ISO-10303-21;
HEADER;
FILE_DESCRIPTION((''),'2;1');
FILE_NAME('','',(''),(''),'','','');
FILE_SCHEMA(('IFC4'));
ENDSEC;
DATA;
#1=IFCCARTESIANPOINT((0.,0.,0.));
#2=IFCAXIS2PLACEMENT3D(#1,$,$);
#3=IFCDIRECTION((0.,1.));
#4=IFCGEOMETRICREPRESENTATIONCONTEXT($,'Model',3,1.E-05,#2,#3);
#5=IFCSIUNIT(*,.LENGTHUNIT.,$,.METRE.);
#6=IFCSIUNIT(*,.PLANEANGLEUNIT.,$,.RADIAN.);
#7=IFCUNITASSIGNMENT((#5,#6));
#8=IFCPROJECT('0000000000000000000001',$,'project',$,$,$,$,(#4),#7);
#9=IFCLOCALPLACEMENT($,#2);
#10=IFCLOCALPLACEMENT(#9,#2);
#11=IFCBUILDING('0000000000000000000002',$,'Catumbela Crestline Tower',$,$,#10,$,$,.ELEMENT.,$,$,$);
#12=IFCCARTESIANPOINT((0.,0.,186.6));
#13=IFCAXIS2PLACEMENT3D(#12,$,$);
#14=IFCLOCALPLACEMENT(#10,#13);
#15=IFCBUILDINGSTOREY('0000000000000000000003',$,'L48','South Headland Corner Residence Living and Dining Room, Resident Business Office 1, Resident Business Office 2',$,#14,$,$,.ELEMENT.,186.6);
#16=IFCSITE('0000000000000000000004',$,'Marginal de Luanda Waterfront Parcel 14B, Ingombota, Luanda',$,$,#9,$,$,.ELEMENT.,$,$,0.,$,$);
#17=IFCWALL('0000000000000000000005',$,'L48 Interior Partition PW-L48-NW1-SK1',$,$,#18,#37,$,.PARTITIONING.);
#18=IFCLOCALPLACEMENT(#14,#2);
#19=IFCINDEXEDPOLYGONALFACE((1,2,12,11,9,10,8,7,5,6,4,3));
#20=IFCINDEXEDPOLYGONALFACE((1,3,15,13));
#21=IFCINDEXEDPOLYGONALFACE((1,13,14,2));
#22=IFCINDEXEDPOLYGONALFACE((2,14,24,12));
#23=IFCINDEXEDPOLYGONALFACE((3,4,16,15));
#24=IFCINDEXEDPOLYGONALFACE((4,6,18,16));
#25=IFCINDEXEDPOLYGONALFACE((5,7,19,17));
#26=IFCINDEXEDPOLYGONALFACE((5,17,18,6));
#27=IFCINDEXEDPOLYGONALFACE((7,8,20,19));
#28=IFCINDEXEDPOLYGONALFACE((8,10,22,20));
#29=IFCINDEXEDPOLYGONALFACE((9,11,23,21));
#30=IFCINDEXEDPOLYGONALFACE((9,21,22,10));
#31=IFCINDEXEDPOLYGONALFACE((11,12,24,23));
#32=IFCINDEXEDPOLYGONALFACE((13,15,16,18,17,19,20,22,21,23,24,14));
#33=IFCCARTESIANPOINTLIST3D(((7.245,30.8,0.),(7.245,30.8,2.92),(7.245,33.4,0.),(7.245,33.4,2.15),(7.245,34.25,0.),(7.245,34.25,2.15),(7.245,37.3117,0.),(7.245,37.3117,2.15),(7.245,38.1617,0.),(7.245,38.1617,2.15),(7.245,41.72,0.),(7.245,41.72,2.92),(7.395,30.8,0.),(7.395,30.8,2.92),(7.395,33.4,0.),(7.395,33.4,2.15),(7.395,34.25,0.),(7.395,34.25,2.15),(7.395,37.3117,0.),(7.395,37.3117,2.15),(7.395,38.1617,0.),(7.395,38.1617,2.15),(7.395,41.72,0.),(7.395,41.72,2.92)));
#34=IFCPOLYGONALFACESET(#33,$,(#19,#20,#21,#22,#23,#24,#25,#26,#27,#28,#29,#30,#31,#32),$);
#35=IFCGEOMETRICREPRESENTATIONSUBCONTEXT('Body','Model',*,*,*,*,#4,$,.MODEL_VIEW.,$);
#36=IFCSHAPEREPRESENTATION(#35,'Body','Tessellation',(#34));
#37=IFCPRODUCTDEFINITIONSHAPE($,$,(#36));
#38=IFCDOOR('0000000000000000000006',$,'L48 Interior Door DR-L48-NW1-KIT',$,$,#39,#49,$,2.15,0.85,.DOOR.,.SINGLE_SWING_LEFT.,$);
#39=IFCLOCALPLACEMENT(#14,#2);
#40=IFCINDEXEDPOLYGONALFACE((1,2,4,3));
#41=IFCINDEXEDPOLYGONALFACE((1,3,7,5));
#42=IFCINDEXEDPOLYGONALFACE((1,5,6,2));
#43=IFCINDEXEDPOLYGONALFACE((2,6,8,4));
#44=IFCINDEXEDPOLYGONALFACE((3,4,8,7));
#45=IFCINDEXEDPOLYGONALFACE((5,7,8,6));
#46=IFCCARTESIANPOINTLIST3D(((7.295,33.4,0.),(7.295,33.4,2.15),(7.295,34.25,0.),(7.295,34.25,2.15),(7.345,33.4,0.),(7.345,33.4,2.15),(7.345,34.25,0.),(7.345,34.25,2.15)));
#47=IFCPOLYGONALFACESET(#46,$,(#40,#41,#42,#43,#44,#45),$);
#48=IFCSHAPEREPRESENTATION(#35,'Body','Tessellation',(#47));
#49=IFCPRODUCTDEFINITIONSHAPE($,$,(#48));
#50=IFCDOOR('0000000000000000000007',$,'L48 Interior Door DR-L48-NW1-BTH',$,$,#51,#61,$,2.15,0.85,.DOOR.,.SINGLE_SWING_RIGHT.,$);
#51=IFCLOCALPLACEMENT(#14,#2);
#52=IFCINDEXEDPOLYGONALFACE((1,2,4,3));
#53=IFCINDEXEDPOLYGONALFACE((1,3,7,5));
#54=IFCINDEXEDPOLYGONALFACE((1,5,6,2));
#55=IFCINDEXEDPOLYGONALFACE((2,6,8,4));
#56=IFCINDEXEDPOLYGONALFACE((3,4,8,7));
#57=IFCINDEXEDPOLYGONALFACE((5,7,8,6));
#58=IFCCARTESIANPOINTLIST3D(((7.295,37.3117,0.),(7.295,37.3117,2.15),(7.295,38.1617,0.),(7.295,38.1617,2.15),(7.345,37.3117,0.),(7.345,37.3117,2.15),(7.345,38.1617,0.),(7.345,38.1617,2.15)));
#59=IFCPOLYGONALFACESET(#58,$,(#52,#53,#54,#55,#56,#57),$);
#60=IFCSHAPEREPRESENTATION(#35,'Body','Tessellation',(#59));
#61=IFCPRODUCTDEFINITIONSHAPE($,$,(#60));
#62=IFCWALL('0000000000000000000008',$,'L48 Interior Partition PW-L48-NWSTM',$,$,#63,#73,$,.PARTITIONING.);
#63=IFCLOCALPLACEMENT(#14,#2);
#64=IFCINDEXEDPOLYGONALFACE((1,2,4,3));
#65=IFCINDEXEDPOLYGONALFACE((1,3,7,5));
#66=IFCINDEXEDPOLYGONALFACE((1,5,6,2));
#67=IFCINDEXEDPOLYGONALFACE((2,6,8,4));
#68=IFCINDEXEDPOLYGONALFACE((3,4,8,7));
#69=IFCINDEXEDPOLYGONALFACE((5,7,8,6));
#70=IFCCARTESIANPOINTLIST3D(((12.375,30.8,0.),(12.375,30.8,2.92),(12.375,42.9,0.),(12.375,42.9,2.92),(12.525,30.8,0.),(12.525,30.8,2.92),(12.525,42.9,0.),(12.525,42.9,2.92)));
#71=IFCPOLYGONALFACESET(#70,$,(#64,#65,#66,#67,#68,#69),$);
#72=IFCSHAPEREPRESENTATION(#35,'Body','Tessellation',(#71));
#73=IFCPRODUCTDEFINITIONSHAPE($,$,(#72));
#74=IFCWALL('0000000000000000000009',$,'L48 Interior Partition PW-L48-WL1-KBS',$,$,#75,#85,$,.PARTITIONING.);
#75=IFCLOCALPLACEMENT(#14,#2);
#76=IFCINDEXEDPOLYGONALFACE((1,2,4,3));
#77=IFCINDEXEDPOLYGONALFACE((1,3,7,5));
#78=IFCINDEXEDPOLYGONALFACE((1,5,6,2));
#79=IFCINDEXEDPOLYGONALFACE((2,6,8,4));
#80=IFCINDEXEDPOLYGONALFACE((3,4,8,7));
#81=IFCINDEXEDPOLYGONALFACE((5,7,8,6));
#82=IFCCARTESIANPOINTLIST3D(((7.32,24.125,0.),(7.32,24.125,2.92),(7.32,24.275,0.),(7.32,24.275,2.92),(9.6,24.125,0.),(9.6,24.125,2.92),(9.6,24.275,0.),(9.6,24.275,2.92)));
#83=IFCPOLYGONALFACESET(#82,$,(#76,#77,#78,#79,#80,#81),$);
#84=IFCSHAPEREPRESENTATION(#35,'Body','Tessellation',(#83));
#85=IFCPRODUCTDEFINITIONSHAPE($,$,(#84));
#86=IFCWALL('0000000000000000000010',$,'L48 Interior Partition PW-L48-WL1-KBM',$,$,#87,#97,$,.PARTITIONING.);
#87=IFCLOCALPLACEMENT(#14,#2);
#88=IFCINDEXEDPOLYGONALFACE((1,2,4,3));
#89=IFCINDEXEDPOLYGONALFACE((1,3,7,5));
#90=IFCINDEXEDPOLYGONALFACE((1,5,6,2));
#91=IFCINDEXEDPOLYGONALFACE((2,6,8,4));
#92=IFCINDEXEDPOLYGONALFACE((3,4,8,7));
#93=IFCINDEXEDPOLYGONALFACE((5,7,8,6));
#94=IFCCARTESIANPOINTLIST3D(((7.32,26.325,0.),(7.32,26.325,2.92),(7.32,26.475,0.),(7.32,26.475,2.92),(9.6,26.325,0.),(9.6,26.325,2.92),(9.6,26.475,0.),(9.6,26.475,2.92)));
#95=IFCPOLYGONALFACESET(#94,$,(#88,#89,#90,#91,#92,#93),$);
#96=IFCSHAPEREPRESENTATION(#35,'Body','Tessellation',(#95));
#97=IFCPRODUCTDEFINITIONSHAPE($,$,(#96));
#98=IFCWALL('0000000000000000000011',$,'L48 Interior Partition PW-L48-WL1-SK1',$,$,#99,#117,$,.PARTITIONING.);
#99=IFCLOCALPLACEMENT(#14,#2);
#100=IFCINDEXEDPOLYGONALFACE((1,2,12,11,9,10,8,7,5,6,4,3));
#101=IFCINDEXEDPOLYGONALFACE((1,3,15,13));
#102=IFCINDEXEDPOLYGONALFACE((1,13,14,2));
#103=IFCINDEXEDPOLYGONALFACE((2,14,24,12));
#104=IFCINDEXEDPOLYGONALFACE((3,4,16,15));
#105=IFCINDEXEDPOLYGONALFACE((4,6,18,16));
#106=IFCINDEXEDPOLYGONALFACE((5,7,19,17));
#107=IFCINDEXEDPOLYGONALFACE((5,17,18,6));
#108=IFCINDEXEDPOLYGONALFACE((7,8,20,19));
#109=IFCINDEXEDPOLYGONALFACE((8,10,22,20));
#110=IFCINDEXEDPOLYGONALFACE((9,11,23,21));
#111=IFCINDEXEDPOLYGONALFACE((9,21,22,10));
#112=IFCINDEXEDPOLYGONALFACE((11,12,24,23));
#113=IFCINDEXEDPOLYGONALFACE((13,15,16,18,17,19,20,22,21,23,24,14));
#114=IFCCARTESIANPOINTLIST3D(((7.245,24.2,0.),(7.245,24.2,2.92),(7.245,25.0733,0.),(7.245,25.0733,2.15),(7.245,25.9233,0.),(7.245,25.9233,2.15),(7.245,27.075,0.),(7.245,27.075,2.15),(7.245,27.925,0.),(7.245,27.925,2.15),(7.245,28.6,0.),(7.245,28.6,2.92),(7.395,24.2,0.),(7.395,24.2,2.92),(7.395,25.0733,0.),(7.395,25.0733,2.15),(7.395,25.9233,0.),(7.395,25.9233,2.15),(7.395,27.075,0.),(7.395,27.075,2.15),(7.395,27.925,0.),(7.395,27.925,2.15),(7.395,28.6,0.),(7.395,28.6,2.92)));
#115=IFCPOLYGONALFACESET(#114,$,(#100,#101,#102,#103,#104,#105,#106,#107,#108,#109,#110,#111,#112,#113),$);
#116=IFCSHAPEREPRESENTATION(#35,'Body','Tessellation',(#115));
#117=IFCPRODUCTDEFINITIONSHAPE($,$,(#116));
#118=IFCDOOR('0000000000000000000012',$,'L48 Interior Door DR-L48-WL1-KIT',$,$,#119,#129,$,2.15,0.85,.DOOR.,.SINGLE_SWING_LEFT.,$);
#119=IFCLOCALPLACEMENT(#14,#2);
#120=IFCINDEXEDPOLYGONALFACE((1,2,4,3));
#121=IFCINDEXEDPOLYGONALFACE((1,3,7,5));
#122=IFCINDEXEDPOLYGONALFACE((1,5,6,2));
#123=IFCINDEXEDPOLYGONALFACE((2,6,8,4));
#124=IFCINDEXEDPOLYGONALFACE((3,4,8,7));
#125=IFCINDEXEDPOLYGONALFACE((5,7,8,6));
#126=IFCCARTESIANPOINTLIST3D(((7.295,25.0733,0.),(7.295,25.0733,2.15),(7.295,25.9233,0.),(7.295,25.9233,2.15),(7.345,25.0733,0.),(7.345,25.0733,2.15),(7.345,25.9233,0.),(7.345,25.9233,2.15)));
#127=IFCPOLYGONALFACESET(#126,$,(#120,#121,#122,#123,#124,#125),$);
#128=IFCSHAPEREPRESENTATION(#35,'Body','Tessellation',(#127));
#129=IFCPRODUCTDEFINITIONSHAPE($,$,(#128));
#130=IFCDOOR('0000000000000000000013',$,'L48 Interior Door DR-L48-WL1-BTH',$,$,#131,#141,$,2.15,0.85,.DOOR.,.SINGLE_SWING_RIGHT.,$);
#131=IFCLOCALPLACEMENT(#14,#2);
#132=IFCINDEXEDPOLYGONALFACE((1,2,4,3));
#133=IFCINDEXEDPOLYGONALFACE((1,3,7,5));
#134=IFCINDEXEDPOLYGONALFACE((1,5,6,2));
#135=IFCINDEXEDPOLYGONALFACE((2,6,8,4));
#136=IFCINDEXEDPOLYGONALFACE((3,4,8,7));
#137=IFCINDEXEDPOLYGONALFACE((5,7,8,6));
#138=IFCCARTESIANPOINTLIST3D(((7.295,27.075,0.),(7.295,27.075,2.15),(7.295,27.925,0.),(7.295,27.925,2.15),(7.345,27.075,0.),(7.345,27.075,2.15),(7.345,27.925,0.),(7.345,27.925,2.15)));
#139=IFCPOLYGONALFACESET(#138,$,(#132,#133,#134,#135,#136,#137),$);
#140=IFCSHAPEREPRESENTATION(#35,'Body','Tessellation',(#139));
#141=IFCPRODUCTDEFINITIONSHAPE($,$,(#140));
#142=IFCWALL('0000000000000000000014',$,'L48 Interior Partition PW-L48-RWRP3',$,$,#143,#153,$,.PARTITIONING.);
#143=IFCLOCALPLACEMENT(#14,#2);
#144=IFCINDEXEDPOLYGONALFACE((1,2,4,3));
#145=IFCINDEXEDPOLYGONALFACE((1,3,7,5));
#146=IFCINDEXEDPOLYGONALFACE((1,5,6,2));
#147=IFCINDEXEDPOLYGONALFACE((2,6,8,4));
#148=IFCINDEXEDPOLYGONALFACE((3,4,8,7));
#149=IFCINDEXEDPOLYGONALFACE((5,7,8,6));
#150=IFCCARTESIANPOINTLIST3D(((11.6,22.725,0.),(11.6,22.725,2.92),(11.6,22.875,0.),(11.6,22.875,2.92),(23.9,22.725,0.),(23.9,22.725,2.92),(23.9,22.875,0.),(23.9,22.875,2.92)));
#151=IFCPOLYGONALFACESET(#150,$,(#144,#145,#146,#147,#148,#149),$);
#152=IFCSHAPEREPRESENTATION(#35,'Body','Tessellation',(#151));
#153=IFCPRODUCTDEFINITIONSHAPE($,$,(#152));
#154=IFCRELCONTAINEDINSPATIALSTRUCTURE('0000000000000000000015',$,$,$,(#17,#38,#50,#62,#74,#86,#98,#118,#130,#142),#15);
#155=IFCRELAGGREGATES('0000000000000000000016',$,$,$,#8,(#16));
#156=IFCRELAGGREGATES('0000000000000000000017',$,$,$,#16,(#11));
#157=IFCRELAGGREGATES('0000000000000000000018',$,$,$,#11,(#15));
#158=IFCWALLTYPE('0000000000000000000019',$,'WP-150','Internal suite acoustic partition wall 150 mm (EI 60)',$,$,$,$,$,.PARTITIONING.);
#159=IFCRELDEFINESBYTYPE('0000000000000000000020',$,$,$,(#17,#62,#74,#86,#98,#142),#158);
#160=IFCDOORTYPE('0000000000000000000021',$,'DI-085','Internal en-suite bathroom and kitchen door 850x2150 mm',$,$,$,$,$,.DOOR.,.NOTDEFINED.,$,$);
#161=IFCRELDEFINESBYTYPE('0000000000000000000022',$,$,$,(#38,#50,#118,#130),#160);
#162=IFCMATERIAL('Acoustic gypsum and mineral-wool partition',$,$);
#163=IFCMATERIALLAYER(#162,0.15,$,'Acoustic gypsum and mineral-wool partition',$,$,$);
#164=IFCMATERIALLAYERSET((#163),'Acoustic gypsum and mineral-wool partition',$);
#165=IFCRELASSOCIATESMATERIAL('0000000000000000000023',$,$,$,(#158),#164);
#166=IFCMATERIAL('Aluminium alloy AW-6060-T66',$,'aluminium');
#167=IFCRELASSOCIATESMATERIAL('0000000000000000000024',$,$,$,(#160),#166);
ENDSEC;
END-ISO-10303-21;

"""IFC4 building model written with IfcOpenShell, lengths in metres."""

from ifc_helpers import new_model, si_unit, direction, frame, frame_2d, origin, place, context, subcontext, project, spatial, rectangle, extrude, material, layer, layer_set, type_object, element, fill, save


model = new_model("IFC4")

# Units and contexts
model_context = context("Model", 3, precision=1e-05, world=origin(), true_north=direction((0.0, 1.0)))
body_context = subcontext(model_context, "Body", "Model", "MODEL_VIEW")
ifc_project = project(units=[si_unit("LENGTHUNIT", "METRE"), si_unit("PLANEANGLEUNIT", "RADIAN")], contexts=[model_context])

# Site, building, storey
site_placement = place(None, origin())
site = spatial("IfcSite", under=ifc_project, at=site_placement, Name="Marginal de Luanda Waterfront Parcel 14B, Ingombota, Luanda", CompositionType="ELEMENT", RefElevation=0.0)
building_placement = place(site_placement, origin())
building = spatial("IfcBuilding", under=site, at=building_placement, Name="Catumbela Crestline Tower", CompositionType="ELEMENT")
storey_placement = place(building_placement, frame((0.0, 0.0, 186.6)))
storey = spatial("IfcBuildingStorey", under=building, at=storey_placement, Name="L48", Description="South Headland Corner Residence Living and Dining Room, Resident Business Office 1, Resident Business Office 2", CompositionType="ELEMENT", Elevation=186.6)

# Shared definitions
ifc_material_1 = material(Name="Acoustic gypsum and mineral-wool partition")
ifc_material_2 = material(Name="Aluminium alloy AW-6060-T66", Category="aluminium")

# Shared definitions
ifc_layer_1 = layer(ifc_material_1, 0.15, Name="Acoustic gypsum and mineral-wool partition")
ifc_layer_set_1 = layer_set([ifc_layer_1], Name="Acoustic gypsum and mineral-wool partition")
wall_type_1 = type_object("IfcWallType", Name="WP-150", Description="Internal suite acoustic partition wall 150 mm (EI 60)", PredefinedType="PARTITIONING", material=ifc_layer_set_1)

# Wall, openings, doors
wall_1_placement = place(storey_placement, frame((7.32, 30.8, 0.0), z_axis=(0.0, 0.0, 1.0), x_axis=(0.0, 1.0, 0.0)))
wall_1 = element("IfcWall", 1, at=wall_1_placement, inside=storey, type_object=wall_type_1, Name="L48 Interior Partition PW-L48-NW1-SK1", PredefinedType="PARTITIONING", context=body_context, shape_type="SweptSolid", body=[
    extrude(rectangle(XDim=10.92, YDim=0.15, at=frame_2d((5.46, 0.0))), origin(), (0.0, 0.0, 1.0), 2.92),
])
opening_1_placement = place(wall_1_placement, frame((2.6, 0.0, 0.0)))
opening_1 = element("IfcOpeningElement", 2, at=opening_1_placement, cuts=wall_1, PredefinedType="OPENING", context=body_context, shape_type="SweptSolid", body=[
    extrude(rectangle(XDim=0.85, YDim=2.15, at=frame_2d((0.425, 1.075))), frame((0.0, 0.085, 0.0), z_axis=(0.0, -1.0, 0.0), x_axis=(1.0, 0.0, 0.0)), (0.0, 0.0, 1.0), 0.17),
])
opening_2_placement = place(wall_1_placement, frame((6.5117, 0.0, 0.0)))
opening_2 = element("IfcOpeningElement", 3, at=opening_2_placement, cuts=wall_1, PredefinedType="OPENING", context=body_context, shape_type="SweptSolid", body=[
    extrude(rectangle(XDim=0.85, YDim=2.15, at=frame_2d((0.425, 1.075))), frame((0.0, 0.085, 0.0), z_axis=(0.0, -1.0, 0.0), x_axis=(1.0, 0.0, 0.0)), (0.0, 0.0, 1.0), 0.17),
])
door_type_1 = type_object("IfcDoorType", Name="DI-085", Description="Internal en-suite bathroom and kitchen door 850x2150 mm", OperationType="NOTDEFINED", PredefinedType="DOOR", material=ifc_material_2)
door_1_placement = place(opening_1_placement, origin())
door_1 = element("IfcDoor", 4, at=door_1_placement, inside=storey, type_object=door_type_1, Name="L48 Interior Door DR-L48-NW1-KIT", OperationType="SINGLE_SWING_LEFT", OverallHeight=2.15, OverallWidth=0.85, PredefinedType="DOOR", context=body_context, shape_type="SweptSolid", body=[
    extrude(rectangle(XDim=0.85, YDim=2.15, at=frame_2d((0.425, 1.075))), frame((0.0, 0.025, 0.0), z_axis=(0.0, -1.0, 0.0), x_axis=(1.0, 0.0, 0.0)), (0.0, 0.0, 1.0), 0.05),
])
fill(opening_1, door_1)
door_2_placement = place(opening_2_placement, origin())
door_2 = element("IfcDoor", 5, at=door_2_placement, inside=storey, type_object=door_type_1, Name="L48 Interior Door DR-L48-NW1-BTH", OperationType="SINGLE_SWING_RIGHT", OverallHeight=2.15, OverallWidth=0.85, PredefinedType="DOOR", context=body_context, shape_type="SweptSolid", body=[
    extrude(rectangle(XDim=0.85, YDim=2.15, at=frame_2d((0.425, 1.075))), frame((0.0, 0.025, 0.0), z_axis=(0.0, -1.0, 0.0), x_axis=(1.0, 0.0, 0.0)), (0.0, 0.0, 1.0), 0.05),
])
fill(opening_2, door_2)

# Walls
wall_2_placement = place(storey_placement, frame((12.45, 30.8, 0.0), z_axis=(0.0, 0.0, 1.0), x_axis=(0.0, 1.0, 0.0)))
element("IfcWall", 6, at=wall_2_placement, inside=storey, type_object=wall_type_1, Name="L48 Interior Partition PW-L48-NWSTM", PredefinedType="PARTITIONING", context=body_context, shape_type="SweptSolid", body=[
    extrude(rectangle(XDim=12.1, YDim=0.15, at=frame_2d((6.05, 0.0))), origin(), (0.0, 0.0, 1.0), 2.92),
])
for number, where, z_axis, x_axis, name in (
    (7, (7.32, 24.2, 0.0), (0.0, 0.0, 1.0), (1.0, 0.0, 0.0), "L48 Interior Partition PW-L48-WL1-KBS"),
    (8, (7.32, 26.4, 0.0), (0.0, 0.0, 1.0), (1.0, 0.0, 0.0), "L48 Interior Partition PW-L48-WL1-KBM"),
):
    element("IfcWall", number, at=place(storey_placement, frame(where, z_axis=z_axis, x_axis=x_axis)), inside=storey, type_object=wall_type_1, Name=name, PredefinedType="PARTITIONING", context=body_context, shape_type="SweptSolid", body=[
        extrude(rectangle(XDim=2.28, YDim=0.15, at=frame_2d((1.14, 0.0))), origin(), (0.0, 0.0, 1.0), 2.92),
    ])

# Wall, openings, doors
wall_3_placement = place(storey_placement, frame((7.32, 24.2, 0.0), z_axis=(0.0, 0.0, 1.0), x_axis=(0.0, 1.0, 0.0)))
wall_3 = element("IfcWall", 9, at=wall_3_placement, inside=storey, type_object=wall_type_1, Name="L48 Interior Partition PW-L48-WL1-SK1", PredefinedType="PARTITIONING", context=body_context, shape_type="SweptSolid", body=[
    extrude(rectangle(XDim=4.4, YDim=0.15, at=frame_2d((2.2, 0.0))), origin(), (0.0, 0.0, 1.0), 2.92),
])
opening_3_placement = place(wall_3_placement, frame((0.8733, 0.0, 0.0)))
opening_3 = element("IfcOpeningElement", 10, at=opening_3_placement, cuts=wall_3, PredefinedType="OPENING", context=body_context, shape_type="SweptSolid", body=[
    extrude(rectangle(XDim=0.85, YDim=2.15, at=frame_2d((0.425, 1.075))), frame((0.0, 0.085, 0.0), z_axis=(0.0, -1.0, 0.0), x_axis=(1.0, 0.0, 0.0)), (0.0, 0.0, 1.0), 0.17),
])
opening_4_placement = place(wall_3_placement, frame((2.875, 0.0, 0.0)))
opening_4 = element("IfcOpeningElement", 11, at=opening_4_placement, cuts=wall_3, PredefinedType="OPENING", context=body_context, shape_type="SweptSolid", body=[
    extrude(rectangle(XDim=0.85, YDim=2.15, at=frame_2d((0.425, 1.075))), frame((0.0, 0.085, 0.0), z_axis=(0.0, -1.0, 0.0), x_axis=(1.0, 0.0, 0.0)), (0.0, 0.0, 1.0), 0.17),
])
door_3_placement = place(opening_3_placement, origin())
door_3 = element("IfcDoor", 12, at=door_3_placement, inside=storey, type_object=door_type_1, Name="L48 Interior Door DR-L48-WL1-KIT", OperationType="SINGLE_SWING_LEFT", OverallHeight=2.15, OverallWidth=0.85, PredefinedType="DOOR", context=body_context, shape_type="SweptSolid", body=[
    extrude(rectangle(XDim=0.85, YDim=2.15, at=frame_2d((0.425, 1.075))), frame((0.0, 0.025, 0.0), z_axis=(0.0, -1.0, 0.0), x_axis=(1.0, 0.0, 0.0)), (0.0, 0.0, 1.0), 0.05),
])
fill(opening_3, door_3)
door_4_placement = place(opening_4_placement, origin())
door_4 = element("IfcDoor", 13, at=door_4_placement, inside=storey, type_object=door_type_1, Name="L48 Interior Door DR-L48-WL1-BTH", OperationType="SINGLE_SWING_RIGHT", OverallHeight=2.15, OverallWidth=0.85, PredefinedType="DOOR", context=body_context, shape_type="SweptSolid", body=[
    extrude(rectangle(XDim=0.85, YDim=2.15, at=frame_2d((0.425, 1.075))), frame((0.0, 0.025, 0.0), z_axis=(0.0, -1.0, 0.0), x_axis=(1.0, 0.0, 0.0)), (0.0, 0.0, 1.0), 0.05),
])
fill(opening_4, door_4)

# Wall
wall_4_placement = place(storey_placement, frame((11.6, 22.8, 0.0), z_axis=(0.0, 0.0, 1.0), x_axis=(1.0, 0.0, 0.0)))
element("IfcWall", 14, at=wall_4_placement, inside=storey, type_object=wall_type_1, Name="L48 Interior Partition PW-L48-RWRP3", PredefinedType="PARTITIONING", context=body_context, shape_type="SweptSolid", body=[
    extrude(rectangle(XDim=12.3, YDim=0.15, at=frame_2d((6.15, 0.0))), origin(), (0.0, 0.0, 1.0), 2.92),
])

save(model, "model.ifc")
